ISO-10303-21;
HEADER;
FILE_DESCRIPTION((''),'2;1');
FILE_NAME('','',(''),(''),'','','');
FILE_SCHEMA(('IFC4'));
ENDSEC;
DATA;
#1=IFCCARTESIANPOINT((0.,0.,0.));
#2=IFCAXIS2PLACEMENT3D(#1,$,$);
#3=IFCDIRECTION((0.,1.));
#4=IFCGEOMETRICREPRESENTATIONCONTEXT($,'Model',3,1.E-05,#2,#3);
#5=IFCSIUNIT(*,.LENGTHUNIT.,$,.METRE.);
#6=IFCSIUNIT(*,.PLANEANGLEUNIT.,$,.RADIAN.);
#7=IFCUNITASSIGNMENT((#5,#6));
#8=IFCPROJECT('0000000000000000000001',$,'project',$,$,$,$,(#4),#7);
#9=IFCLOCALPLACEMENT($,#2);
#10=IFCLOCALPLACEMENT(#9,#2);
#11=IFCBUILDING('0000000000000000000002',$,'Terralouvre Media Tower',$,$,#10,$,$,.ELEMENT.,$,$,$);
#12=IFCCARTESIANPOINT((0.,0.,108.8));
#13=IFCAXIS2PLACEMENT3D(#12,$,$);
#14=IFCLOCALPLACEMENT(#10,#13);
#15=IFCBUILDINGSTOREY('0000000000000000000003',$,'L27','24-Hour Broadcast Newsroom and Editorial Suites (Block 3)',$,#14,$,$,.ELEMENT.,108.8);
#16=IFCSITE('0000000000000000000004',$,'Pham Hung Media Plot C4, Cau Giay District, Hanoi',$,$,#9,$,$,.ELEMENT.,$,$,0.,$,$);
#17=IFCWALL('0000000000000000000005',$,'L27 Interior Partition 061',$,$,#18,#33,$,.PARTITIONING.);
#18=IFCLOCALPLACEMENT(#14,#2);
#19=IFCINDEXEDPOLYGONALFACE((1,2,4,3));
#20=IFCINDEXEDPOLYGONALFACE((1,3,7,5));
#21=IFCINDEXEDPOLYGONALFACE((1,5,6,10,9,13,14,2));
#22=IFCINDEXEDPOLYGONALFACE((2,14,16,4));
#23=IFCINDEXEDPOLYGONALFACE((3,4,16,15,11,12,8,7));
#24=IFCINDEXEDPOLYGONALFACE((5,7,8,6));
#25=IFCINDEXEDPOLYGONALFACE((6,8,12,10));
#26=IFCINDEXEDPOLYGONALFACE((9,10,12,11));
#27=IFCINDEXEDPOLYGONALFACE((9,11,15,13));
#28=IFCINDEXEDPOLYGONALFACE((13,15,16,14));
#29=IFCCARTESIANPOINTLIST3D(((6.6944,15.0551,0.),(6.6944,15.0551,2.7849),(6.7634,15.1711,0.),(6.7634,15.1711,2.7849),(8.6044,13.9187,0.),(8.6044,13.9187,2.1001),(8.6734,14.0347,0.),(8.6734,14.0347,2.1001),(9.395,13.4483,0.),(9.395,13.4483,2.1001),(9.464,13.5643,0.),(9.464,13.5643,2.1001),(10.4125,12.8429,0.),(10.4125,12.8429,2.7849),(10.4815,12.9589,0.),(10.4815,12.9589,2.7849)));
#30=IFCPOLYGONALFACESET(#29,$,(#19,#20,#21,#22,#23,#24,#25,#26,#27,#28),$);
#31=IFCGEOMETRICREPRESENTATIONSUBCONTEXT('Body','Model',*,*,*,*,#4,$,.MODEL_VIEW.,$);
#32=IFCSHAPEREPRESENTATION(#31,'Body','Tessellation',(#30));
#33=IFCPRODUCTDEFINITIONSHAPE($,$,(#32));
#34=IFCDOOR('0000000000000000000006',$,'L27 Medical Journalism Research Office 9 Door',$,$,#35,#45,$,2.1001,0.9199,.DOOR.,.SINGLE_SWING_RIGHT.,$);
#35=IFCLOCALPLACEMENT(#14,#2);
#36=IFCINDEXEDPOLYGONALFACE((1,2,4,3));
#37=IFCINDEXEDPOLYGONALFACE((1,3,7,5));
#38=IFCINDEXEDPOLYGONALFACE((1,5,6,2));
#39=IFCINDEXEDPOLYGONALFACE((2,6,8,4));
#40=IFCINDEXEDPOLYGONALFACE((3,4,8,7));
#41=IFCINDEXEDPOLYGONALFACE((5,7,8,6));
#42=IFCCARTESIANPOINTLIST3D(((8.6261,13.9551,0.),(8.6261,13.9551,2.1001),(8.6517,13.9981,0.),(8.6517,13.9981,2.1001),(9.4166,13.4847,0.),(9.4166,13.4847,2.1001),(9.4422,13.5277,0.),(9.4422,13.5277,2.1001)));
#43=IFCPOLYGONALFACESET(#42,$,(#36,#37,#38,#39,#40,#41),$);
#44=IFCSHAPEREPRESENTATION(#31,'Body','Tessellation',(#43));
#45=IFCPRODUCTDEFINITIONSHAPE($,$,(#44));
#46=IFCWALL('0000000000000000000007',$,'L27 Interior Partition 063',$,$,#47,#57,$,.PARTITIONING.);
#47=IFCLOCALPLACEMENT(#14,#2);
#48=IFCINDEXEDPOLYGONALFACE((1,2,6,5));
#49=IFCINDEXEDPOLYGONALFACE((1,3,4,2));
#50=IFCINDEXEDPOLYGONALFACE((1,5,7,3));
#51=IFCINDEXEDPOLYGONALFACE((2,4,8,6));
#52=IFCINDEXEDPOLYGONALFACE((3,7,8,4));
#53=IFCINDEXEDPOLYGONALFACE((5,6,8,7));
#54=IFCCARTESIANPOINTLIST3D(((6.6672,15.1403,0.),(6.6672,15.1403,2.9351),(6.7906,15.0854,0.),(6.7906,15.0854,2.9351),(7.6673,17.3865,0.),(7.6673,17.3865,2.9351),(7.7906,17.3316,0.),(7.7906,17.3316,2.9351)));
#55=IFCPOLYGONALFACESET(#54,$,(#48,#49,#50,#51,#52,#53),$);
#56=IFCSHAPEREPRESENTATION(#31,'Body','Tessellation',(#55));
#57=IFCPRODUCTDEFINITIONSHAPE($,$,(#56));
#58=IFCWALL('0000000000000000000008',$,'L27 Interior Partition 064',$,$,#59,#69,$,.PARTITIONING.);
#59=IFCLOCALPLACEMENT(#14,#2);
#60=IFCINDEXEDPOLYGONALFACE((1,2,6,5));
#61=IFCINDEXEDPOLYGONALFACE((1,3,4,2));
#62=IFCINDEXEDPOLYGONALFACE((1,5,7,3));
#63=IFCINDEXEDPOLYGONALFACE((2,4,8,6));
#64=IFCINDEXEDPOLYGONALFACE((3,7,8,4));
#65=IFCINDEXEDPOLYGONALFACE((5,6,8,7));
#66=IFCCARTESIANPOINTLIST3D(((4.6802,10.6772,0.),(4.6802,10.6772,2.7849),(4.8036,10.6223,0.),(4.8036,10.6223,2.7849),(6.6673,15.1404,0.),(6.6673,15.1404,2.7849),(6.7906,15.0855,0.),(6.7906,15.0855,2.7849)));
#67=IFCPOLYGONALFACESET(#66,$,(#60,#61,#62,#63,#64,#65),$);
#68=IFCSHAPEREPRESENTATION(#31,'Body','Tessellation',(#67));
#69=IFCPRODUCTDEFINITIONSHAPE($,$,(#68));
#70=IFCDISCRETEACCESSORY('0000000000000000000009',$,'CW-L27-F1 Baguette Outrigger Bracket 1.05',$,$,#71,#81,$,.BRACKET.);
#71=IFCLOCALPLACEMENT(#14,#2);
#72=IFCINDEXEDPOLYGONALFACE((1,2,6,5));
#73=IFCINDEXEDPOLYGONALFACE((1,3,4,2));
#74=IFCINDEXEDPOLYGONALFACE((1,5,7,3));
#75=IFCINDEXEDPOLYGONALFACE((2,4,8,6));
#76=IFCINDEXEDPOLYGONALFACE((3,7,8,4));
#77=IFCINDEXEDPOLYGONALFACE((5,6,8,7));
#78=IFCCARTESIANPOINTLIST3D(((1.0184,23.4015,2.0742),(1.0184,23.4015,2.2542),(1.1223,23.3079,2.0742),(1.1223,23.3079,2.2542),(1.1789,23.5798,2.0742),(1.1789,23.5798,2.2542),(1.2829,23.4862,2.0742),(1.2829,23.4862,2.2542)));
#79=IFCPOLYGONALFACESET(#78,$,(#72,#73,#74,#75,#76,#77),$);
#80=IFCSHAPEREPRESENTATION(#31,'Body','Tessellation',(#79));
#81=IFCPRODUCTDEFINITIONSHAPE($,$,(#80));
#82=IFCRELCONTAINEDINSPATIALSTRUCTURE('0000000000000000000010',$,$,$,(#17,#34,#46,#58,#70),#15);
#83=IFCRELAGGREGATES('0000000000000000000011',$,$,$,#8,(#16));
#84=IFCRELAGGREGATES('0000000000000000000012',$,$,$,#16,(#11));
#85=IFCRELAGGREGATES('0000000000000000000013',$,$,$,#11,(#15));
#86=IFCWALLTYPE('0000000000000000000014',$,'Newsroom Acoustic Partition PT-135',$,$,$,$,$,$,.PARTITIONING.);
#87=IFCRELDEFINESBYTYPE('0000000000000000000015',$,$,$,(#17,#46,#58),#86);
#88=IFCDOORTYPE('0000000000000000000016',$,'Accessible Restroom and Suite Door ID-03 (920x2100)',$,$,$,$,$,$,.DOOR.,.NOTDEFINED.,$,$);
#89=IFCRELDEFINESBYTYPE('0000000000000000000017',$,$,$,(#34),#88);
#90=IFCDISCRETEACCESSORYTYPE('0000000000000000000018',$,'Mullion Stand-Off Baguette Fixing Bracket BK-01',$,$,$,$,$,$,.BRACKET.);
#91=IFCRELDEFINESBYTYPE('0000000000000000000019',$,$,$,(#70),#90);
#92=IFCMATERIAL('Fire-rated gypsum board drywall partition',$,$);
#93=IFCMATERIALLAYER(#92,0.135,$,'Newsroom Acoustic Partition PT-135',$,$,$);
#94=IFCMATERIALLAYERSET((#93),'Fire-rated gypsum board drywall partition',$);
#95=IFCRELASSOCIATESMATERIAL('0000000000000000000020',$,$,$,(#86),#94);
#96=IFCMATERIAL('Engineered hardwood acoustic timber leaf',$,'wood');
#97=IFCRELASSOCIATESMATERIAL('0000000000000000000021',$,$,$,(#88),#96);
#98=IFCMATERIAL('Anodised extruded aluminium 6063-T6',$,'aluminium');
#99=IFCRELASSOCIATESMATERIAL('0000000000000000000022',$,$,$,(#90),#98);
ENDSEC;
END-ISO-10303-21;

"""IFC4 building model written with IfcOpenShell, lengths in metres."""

from ifc_helpers import new_model, si_unit, direction, frame, frame_2d, origin, origin_2d, place, context, subcontext, project, spatial, rectangle, extrude, material, layer, layer_set, type_object, element, fill, save


model = new_model("IFC4")

# Units and contexts
model_context = context("Model", 3, precision=1e-05, world=origin(), true_north=direction((0.0, 1.0)))
body_context = subcontext(model_context, "Body", "Model", "MODEL_VIEW")
ifc_project = project(units=[si_unit("LENGTHUNIT", "METRE"), si_unit("PLANEANGLEUNIT", "RADIAN")], contexts=[model_context])

# Site, building, storey
site_placement = place(None, origin())
site = spatial("IfcSite", under=ifc_project, at=site_placement, Name="Pham Hung Media Plot C4, Cau Giay District, Hanoi", CompositionType="ELEMENT", RefElevation=0.0)
building_placement = place(site_placement, origin())
building = spatial("IfcBuilding", under=site, at=building_placement, Name="Terralouvre Media Tower", CompositionType="ELEMENT")
storey_placement = place(building_placement, frame((0.0, 0.0, 108.8)))
storey = spatial("IfcBuildingStorey", under=building, at=storey_placement, Name="L27", Description="24-Hour Broadcast Newsroom and Editorial Suites (Block 3)", CompositionType="ELEMENT", Elevation=108.8)

# Wall, opening, door
ifc_material_1 = material(Name="Fire-rated gypsum board drywall partition")
ifc_layer_1 = layer(ifc_material_1, 0.135, Name="Newsroom Acoustic Partition PT-135")
ifc_layer_set_1 = layer_set([ifc_layer_1], Name="Fire-rated gypsum board drywall partition")
wall_type = type_object("IfcWallType", Name="Newsroom Acoustic Partition PT-135", PredefinedType="PARTITIONING", material=ifc_layer_set_1)
wall_1_placement = place(storey_placement, frame((6.729, 15.113, 0.0), z_axis=(0.0, 0.0, 1.0), x_axis=(0.859389, -0.511322, 0.0)))
wall_1 = element("IfcWall", 1, at=wall_1_placement, inside=storey, type_object=wall_type, Name="L27 Interior Partition 061", PredefinedType="PARTITIONING", context=body_context, shape_type="SweptSolid", body=[
    extrude(rectangle(XDim=4.3264, YDim=0.135, at=frame_2d((2.1631, 0.0))), origin(), (0.0, 0.0, 1.0), 2.7849),
])
opening_1_placement = place(wall_1_placement, frame((2.2224, 0.0, 0.0)))
opening_1 = element("IfcOpeningElement", 2, at=opening_1_placement, cuts=wall_1, PredefinedType="OPENING", context=body_context, shape_type="SweptSolid", body=[
    extrude(rectangle(XDim=0.9199, YDim=2.1001, at=frame_2d((0.46, 1.05))), frame((0.0, 0.0774, 0.0), z_axis=(0.0, -1.0, 0.0), x_axis=(1.0, 0.0, 0.0)), (0.0, 0.0, 1.0), 0.155),
])
ifc_material_2 = material(Name="Engineered hardwood acoustic timber leaf", Category="wood")
door_type_1 = type_object("IfcDoorType", Name="Accessible Restroom and Suite Door ID-03 (920x2100)", OperationType="NOTDEFINED", PredefinedType="DOOR", material=ifc_material_2)
door_1_placement = place(opening_1_placement, origin())
door_1 = element("IfcDoor", 3, at=door_1_placement, inside=storey, type_object=door_type_1, Name="L27 Medical Journalism Research Office 9 Door", OperationType="SINGLE_SWING_RIGHT", OverallHeight=2.1001, OverallWidth=0.9199, PredefinedType="DOOR", context=body_context, shape_type="SweptSolid", body=[
    extrude(rectangle(XDim=0.9199, YDim=2.1001, at=frame_2d((0.46, 1.05))), frame((0.0, 0.0249, 0.0), z_axis=(0.0, -1.0, 0.0), x_axis=(1.0, 0.0, 0.0)), (0.0, 0.0, 1.0), 0.05),
])
fill(opening_1, door_1)

# Walls
wall_2_placement = place(storey_placement, frame((7.729, 17.3591, 0.0), z_axis=(0.0, 0.0, 1.0), x_axis=(-0.406728, -0.913549, 0.0)))
element("IfcWall", 4, at=wall_2_placement, inside=storey, type_object=wall_type, Name="L27 Interior Partition 063", PredefinedType="PARTITIONING", context=body_context, shape_type="SweptSolid", body=[
    extrude(rectangle(XDim=2.4587, YDim=0.135, at=frame_2d((1.2295, 0.0))), origin(), (0.0, 0.0, 1.0), 2.9351),
])
wall_3_placement = place(storey_placement, frame((6.729, 15.113, 0.0), z_axis=(0.0, 0.0, 1.0), x_axis=(-0.406727, -0.91355, 0.0)))
element("IfcWall", 5, at=wall_3_placement, inside=storey, type_object=wall_type, Name="L27 Interior Partition 064", PredefinedType="PARTITIONING", context=body_context, shape_type="SweptSolid", body=[
    extrude(rectangle(XDim=4.8855, YDim=0.135, at=frame_2d((2.4429, 0.0))), origin(), (0.0, 0.0, 1.0), 2.7849),
])

# Discrete accessory
ifc_material_3 = material(Name="Anodised extruded aluminium 6063-T6", Category="aluminium")
discrete_accessory_type = type_object("IfcDiscreteAccessoryType", Name="Mullion Stand-Off Baguette Fixing Bracket BK-01", PredefinedType="BRACKET", material=ifc_material_3)
discrete_accessory_placement = place(storey_placement, frame((1.1506, 23.4438, 2.0742), z_axis=(0.0, 0.0, 1.0), x_axis=(-0.743145, 0.669131, 0.0)))
element("IfcDiscreteAccessory", 6, at=discrete_accessory_placement, inside=storey, type_object=discrete_accessory_type, Name="CW-L27-F1 Baguette Outrigger Bracket 1.05", PredefinedType="BRACKET", context=body_context, shape_type="SweptSolid", body=[
    extrude(rectangle(XDim=0.1399, YDim=0.24, at=origin_2d()), origin(), (0.0, 0.0, 1.0), 0.1799),
])

save(model, "model.ifc")
